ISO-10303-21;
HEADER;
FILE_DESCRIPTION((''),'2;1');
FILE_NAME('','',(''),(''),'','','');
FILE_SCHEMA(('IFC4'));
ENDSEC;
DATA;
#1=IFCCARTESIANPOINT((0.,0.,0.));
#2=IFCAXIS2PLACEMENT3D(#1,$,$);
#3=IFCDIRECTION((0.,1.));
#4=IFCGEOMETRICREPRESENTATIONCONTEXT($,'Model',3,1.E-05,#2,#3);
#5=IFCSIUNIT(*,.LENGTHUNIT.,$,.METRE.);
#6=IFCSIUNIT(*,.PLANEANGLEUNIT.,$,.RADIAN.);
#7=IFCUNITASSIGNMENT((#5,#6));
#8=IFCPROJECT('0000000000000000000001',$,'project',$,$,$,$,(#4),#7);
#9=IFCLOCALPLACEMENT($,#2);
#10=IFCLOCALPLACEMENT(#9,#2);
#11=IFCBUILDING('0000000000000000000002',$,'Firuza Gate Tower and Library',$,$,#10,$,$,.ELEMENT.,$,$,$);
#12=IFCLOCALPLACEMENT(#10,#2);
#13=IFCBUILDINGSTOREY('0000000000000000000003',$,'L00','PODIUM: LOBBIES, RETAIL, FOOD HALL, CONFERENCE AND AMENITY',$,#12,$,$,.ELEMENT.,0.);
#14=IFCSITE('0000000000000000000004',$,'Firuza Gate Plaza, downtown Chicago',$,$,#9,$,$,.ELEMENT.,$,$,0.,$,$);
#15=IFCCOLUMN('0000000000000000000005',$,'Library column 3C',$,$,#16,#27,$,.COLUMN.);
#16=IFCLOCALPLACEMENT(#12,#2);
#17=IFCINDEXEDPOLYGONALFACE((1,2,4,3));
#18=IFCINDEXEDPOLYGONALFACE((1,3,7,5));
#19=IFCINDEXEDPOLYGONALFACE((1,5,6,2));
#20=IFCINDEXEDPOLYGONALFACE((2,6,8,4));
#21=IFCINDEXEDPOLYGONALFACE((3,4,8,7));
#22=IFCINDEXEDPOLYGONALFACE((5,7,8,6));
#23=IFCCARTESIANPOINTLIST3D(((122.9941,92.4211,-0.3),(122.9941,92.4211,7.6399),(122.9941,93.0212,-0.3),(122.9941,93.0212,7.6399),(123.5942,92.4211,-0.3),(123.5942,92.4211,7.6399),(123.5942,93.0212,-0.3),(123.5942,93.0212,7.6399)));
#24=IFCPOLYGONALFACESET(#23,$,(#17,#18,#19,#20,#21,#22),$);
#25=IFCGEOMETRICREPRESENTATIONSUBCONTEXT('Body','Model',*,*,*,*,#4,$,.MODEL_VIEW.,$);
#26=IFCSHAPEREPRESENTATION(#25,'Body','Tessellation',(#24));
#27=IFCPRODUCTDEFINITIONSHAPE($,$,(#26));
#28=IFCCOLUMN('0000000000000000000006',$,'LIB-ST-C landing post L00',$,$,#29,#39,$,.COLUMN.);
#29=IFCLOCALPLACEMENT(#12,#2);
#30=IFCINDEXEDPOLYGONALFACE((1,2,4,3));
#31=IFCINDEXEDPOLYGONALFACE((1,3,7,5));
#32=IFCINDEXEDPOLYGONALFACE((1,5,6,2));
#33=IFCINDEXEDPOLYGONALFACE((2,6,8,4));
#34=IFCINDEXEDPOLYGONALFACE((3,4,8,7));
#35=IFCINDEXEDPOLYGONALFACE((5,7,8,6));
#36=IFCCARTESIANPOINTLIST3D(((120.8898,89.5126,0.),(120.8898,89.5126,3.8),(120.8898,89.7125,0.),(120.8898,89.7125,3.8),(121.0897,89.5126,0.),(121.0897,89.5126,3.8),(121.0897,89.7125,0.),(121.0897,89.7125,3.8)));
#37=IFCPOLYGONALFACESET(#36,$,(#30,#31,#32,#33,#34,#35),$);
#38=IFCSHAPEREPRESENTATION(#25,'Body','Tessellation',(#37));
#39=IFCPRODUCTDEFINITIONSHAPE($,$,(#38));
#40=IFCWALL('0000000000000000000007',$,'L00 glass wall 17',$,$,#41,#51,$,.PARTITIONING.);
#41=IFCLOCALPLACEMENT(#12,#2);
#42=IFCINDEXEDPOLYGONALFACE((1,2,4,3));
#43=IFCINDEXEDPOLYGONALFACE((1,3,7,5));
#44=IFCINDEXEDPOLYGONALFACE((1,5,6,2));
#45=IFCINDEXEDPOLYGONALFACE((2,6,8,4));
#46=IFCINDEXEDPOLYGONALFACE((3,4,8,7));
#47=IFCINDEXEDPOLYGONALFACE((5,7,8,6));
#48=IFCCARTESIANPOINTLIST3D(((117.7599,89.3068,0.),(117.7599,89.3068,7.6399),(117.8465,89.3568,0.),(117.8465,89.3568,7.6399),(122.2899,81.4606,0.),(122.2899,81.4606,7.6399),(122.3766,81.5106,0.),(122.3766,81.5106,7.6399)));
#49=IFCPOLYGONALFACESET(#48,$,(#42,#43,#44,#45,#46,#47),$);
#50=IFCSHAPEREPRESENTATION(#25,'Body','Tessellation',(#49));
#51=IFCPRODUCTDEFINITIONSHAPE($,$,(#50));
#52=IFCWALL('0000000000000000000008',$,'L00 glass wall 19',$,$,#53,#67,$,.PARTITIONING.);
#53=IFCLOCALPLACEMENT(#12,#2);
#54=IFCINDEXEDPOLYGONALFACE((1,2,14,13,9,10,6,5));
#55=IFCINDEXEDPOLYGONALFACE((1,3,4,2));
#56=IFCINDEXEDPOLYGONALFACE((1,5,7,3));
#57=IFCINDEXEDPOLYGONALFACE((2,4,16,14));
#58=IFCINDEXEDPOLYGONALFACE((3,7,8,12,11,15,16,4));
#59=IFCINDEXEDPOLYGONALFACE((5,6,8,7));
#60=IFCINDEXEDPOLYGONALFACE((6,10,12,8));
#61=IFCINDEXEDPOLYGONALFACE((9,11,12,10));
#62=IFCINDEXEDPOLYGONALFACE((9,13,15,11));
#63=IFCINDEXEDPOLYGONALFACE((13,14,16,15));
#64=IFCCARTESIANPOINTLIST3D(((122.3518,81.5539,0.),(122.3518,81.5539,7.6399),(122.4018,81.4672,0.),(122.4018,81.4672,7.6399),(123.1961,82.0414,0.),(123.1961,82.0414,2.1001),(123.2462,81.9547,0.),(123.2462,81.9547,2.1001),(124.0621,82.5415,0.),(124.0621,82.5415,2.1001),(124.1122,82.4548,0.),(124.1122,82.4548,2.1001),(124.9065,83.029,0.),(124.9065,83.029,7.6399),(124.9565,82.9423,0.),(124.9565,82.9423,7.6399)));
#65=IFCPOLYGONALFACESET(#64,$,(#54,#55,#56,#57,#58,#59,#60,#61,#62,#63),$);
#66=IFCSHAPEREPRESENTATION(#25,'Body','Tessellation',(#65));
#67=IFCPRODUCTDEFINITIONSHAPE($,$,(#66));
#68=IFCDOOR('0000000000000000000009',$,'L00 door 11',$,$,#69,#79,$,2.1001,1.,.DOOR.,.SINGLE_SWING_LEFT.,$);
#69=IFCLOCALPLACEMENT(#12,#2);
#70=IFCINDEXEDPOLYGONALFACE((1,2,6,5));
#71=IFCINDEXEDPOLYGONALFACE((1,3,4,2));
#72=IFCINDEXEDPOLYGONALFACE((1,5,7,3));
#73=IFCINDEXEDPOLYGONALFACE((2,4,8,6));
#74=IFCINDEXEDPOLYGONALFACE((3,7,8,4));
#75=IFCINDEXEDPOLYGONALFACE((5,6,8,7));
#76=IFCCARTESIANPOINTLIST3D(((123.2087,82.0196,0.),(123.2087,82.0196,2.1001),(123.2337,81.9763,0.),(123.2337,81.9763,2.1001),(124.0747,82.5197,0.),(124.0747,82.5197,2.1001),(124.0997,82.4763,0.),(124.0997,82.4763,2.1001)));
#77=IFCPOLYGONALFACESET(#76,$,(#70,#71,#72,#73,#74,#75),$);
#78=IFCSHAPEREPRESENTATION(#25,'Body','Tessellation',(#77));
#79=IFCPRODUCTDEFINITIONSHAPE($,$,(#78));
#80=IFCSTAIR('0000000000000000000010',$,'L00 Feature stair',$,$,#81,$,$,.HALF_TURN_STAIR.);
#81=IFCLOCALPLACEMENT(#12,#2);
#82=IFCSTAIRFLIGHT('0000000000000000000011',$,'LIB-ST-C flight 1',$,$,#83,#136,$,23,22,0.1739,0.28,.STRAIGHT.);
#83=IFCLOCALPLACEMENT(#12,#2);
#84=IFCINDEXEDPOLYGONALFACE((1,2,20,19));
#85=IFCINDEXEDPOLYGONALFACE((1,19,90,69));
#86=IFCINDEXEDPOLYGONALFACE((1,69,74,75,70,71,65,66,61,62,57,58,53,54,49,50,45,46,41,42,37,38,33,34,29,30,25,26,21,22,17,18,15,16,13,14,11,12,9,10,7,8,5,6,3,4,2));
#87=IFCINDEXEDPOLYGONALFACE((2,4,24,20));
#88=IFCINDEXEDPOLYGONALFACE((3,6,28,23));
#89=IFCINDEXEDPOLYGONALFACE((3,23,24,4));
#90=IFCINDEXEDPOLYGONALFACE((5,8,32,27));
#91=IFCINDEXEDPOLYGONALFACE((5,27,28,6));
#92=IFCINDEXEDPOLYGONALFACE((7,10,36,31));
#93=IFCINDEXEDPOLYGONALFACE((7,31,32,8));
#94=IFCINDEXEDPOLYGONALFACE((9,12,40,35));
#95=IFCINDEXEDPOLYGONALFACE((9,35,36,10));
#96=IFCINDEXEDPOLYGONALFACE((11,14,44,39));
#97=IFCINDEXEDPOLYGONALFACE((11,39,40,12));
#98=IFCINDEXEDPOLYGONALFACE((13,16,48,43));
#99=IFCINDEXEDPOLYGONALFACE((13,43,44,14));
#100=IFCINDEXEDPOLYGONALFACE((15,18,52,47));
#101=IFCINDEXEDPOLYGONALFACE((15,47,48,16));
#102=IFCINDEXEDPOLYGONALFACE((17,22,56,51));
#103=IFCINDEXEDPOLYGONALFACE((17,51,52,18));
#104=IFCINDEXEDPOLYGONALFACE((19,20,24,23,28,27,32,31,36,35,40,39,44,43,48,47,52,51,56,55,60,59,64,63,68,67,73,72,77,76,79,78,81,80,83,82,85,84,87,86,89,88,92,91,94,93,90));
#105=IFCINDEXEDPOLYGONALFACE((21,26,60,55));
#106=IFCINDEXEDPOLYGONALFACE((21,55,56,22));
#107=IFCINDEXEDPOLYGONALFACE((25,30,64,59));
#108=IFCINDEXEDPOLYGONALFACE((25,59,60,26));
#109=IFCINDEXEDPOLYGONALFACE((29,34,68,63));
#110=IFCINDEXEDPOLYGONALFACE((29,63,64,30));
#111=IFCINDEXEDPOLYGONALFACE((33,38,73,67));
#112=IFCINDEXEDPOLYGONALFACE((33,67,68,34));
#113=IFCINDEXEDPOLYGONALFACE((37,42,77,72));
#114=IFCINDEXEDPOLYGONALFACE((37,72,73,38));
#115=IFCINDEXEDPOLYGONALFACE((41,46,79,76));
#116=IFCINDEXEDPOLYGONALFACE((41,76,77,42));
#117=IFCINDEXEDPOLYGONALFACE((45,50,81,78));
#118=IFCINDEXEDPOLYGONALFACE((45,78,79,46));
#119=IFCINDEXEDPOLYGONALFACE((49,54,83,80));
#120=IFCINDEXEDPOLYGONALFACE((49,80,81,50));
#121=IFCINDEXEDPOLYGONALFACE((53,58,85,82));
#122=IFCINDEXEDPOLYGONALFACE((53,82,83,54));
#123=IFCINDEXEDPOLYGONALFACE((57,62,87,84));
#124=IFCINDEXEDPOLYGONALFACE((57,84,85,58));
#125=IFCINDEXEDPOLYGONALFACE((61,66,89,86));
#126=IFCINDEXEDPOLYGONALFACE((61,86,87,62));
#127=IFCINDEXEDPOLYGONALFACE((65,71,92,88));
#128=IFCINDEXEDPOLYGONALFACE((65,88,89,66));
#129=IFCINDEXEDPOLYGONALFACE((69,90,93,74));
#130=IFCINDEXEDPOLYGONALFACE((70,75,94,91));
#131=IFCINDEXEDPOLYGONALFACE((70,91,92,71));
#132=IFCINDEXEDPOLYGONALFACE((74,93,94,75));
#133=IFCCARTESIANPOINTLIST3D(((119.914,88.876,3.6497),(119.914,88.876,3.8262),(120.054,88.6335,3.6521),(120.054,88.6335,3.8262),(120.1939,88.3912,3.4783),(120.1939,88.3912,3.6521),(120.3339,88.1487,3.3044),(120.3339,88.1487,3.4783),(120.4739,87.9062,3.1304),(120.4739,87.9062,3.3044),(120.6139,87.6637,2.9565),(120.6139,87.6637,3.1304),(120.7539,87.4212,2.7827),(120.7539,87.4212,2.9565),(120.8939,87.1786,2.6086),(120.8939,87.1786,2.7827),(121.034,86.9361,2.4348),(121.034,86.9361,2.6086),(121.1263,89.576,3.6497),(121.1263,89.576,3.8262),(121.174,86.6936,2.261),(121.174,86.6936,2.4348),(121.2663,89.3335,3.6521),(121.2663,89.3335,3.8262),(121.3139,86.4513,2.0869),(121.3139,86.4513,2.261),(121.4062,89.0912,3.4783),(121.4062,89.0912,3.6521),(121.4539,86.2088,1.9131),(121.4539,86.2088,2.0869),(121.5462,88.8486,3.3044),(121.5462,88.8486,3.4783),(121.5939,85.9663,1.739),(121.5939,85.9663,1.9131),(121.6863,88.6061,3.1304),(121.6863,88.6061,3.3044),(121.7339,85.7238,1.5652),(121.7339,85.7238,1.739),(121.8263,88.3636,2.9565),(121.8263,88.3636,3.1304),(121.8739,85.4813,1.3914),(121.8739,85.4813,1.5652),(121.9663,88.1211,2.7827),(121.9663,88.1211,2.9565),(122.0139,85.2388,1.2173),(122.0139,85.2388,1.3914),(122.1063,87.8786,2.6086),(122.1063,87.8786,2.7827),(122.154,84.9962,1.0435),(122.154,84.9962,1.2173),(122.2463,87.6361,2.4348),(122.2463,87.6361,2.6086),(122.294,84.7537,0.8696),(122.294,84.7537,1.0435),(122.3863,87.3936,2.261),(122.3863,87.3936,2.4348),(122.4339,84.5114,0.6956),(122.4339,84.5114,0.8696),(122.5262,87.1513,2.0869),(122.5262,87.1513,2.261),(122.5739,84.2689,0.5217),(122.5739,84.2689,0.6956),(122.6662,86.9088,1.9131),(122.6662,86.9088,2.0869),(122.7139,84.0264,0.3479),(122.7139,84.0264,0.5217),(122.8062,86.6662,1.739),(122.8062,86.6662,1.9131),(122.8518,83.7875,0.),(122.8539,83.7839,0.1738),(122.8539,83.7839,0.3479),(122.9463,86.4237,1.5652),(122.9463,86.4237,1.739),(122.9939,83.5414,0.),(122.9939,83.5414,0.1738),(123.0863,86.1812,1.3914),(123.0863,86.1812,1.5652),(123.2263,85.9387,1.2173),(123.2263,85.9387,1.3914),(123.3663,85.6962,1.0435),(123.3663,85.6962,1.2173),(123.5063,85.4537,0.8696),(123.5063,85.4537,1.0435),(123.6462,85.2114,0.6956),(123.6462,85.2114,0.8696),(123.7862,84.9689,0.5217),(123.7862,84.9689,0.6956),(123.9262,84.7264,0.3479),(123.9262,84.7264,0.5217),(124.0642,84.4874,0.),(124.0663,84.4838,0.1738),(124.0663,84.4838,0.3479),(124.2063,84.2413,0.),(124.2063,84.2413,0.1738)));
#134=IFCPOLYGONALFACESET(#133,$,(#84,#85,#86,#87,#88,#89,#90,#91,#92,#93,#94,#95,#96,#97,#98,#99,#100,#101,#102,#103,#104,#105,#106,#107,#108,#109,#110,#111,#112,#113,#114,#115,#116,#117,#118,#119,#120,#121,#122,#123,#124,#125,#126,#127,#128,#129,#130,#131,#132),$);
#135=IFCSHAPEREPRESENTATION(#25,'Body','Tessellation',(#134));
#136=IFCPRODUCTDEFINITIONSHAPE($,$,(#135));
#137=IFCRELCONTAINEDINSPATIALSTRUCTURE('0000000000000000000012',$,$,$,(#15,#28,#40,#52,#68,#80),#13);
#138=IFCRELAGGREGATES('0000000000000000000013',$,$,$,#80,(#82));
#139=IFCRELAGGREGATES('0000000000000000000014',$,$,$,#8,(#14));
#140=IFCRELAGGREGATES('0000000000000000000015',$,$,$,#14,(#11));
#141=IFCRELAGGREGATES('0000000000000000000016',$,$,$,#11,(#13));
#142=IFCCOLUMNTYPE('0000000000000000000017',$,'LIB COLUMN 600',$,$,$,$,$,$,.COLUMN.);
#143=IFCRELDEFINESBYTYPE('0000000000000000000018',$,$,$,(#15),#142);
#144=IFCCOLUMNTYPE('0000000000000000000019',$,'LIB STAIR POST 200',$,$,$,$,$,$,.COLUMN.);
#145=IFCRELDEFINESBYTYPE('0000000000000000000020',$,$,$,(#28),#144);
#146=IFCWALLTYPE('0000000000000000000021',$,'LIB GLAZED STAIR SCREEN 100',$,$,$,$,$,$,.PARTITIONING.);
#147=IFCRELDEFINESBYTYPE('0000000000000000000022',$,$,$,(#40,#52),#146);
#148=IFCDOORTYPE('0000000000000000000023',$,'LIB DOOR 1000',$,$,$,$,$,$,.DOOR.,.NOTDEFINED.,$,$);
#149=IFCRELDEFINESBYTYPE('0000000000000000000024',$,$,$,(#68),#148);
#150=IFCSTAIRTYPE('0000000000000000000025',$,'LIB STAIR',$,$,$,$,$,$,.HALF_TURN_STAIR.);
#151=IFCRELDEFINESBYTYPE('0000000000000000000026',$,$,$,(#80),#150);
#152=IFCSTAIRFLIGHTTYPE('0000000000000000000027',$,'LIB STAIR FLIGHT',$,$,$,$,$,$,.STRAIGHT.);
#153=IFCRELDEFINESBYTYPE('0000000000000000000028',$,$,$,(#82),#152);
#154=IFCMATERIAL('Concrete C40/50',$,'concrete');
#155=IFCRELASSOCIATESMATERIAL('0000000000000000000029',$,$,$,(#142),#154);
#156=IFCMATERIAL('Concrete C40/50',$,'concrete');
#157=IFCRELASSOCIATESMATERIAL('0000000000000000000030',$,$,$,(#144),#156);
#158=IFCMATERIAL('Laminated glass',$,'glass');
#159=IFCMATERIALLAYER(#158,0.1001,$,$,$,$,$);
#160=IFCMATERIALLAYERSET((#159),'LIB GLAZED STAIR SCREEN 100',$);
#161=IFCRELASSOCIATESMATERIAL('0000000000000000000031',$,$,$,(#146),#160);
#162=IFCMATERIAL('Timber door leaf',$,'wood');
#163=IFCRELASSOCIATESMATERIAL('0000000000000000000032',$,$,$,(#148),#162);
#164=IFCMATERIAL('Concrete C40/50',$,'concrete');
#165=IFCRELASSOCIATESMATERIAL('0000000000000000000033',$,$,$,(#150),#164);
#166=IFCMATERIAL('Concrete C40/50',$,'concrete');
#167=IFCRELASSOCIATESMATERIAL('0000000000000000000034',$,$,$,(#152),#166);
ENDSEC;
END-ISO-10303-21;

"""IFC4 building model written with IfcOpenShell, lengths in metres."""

from ifc_helpers import new_model, si_unit, direction, frame, frame_2d, origin, origin_2d, place, context, subcontext, project, spatial, polyline, rectangle, outline, extrude, material, layer, layer_set, material_profile, profile_set, type_object, element, fill, aggregate, save


model = new_model("IFC4")

# Units and contexts
model_context = context("Model", 3, precision=1e-05, world=origin(), true_north=direction((0.0, 1.0)))
body_context = subcontext(model_context, "Body", "Model", "MODEL_VIEW")
ifc_project = project(units=[si_unit("LENGTHUNIT", "METRE"), si_unit("PLANEANGLEUNIT", "RADIAN")], contexts=[model_context])

# Site, building, storey
site_placement = place(None, origin())
site = spatial("IfcSite", under=ifc_project, at=site_placement, Name="Firuza Gate Plaza, downtown Chicago", CompositionType="ELEMENT", RefElevation=0.0)
building_placement = place(site_placement, origin())
building = spatial("IfcBuilding", under=site, at=building_placement, Name="Firuza Gate Tower and Library", CompositionType="ELEMENT")
storey_placement = place(building_placement, origin())
storey = spatial("IfcBuildingStorey", under=building, at=storey_placement, Name="L00", Description="PODIUM: LOBBIES, RETAIL, FOOD HALL, CONFERENCE AND AMENITY", CompositionType="ELEMENT", Elevation=0.0)

# Columns
ifc_material_1 = material(Name="Concrete C40/50", Category="concrete")
ifc_material_profile_1 = material_profile(ifc_material_1, rectangle(XDim=0.6001, YDim=0.6001, at=origin_2d()))
ifc_profile_set_1 = profile_set([ifc_material_profile_1], Name="Concrete C40/50")
column_type_1 = type_object("IfcColumnType", Name="LIB COLUMN 600", PredefinedType="COLUMN", material=ifc_profile_set_1)
column_1_placement = place(storey_placement, frame((123.2942, 92.7212, -0.3), z_axis=(0.0, 0.0, 1.0), x_axis=(1.0, 0.0, 0.0)))
element("IfcColumn", 1, at=column_1_placement, inside=storey, type_object=column_type_1, Name="Library column 3C", PredefinedType="COLUMN", context=body_context, shape_type="SweptSolid", body=[
    extrude(rectangle(XDim=0.6001, YDim=0.6001, at=origin_2d()), origin(), (0.0, 0.0, 1.0), 7.9399),
])
ifc_material_2 = material(Name="Concrete C40/50", Category="concrete")
ifc_material_profile_2 = material_profile(ifc_material_2, rectangle(XDim=0.2, YDim=0.2, at=origin_2d()))
ifc_profile_set_2 = profile_set([ifc_material_profile_2], Name="Concrete C40/50")
column_type_2 = type_object("IfcColumnType", Name="LIB STAIR POST 200", PredefinedType="COLUMN", material=ifc_profile_set_2)
column_2_placement = place(storey_placement, frame((120.9897, 89.6125, 0.0), z_axis=(0.0, 0.0, 1.0), x_axis=(1.0, 0.0, 0.0)))
element("IfcColumn", 2, at=column_2_placement, inside=storey, type_object=column_type_2, Name="LIB-ST-C landing post L00", PredefinedType="COLUMN", context=body_context, shape_type="SweptSolid", body=[
    extrude(rectangle(XDim=0.2, YDim=0.2, at=origin_2d()), origin(), (0.0, 0.0, 1.0), 3.8),
])

# Wall
ifc_material_3 = material(Name="Laminated glass", Category="glass")
ifc_layer_1 = layer(ifc_material_3, 0.1001)
ifc_layer_set_1 = layer_set([ifc_layer_1], Name="LIB GLAZED STAIR SCREEN 100")
wall_type = type_object("IfcWallType", Name="LIB GLAZED STAIR SCREEN 100", PredefinedType="PARTITIONING", material=ifc_layer_set_1)
wall_1_placement = place(storey_placement, frame((122.3333, 81.4856, 0.0), z_axis=(0.0, 0.0, 1.0), x_axis=(-0.500002, 0.866024, 0.0)))
element("IfcWall", 3, at=wall_1_placement, inside=storey, type_object=wall_type, Name="L00 glass wall 17", PredefinedType="PARTITIONING", context=body_context, shape_type="SweptSolid", body=[
    extrude(rectangle(XDim=9.0601, YDim=0.1001, at=frame_2d((4.53, 0.0))), origin(), (0.0, 0.0, 1.0), 7.6399),
])

# Wall, opening, door
wall_2_placement = place(storey_placement, frame((122.3767, 81.5105, 0.0), z_axis=(0.0, 0.0, 1.0), x_axis=(0.866004, 0.500038, 0.0)))
wall_2 = element("IfcWall", 4, at=wall_2_placement, inside=storey, type_object=wall_type, Name="L00 glass wall 19", PredefinedType="PARTITIONING", context=body_context, shape_type="SweptSolid", body=[
    extrude(rectangle(XDim=2.95, YDim=0.1001, at=frame_2d((1.4751, 0.0))), origin(), (0.0, 0.0, 1.0), 7.6399),
])
opening_placement = place(wall_2_placement, frame((0.9751, 0.0, 0.0)))
opening = element("IfcOpeningElement", 5, at=opening_placement, cuts=wall_2, PredefinedType="OPENING", context=body_context, shape_type="SweptSolid", body=[
    extrude(rectangle(XDim=1.0, YDim=2.1001, at=frame_2d((0.5, 1.05))), frame((0.0, 0.0601, 0.0), z_axis=(0.0, -1.0, 0.0), x_axis=(1.0, 0.0, 0.0)), (0.0, 0.0, 1.0), 0.1201),
])
ifc_material_4 = material(Name="Timber door leaf", Category="wood")
door_type = type_object("IfcDoorType", Name="LIB DOOR 1000", OperationType="NOTDEFINED", PredefinedType="DOOR", material=ifc_material_4)
door_placement = place(opening_placement, origin())
door = element("IfcDoor", 6, at=door_placement, inside=storey, type_object=door_type, Name="L00 door 11", OperationType="SINGLE_SWING_LEFT", OverallHeight=2.1001, OverallWidth=1.0, PredefinedType="DOOR", context=body_context, shape_type="SweptSolid", body=[
    extrude(rectangle(XDim=1.0, YDim=2.1001, at=frame_2d((0.5, 1.05))), frame((0.0, 0.0249, 0.0), z_axis=(0.0, -1.0, 0.0), x_axis=(1.0, 0.0, 0.0)), (0.0, 0.0, 1.0), 0.05),
])
fill(opening, door)

# Stair, stair flight
ifc_material_5 = material(Name="Concrete C40/50", Category="concrete")
stair_type = type_object("IfcStairType", Name="LIB STAIR", PredefinedType="HALF_TURN_STAIR", material=ifc_material_5)
stair_placement = place(storey_placement, origin())
stair = element("IfcStair", 7, at=stair_placement, inside=storey, type_object=stair_type, Name="L00 Feature stair", PredefinedType="HALF_TURN_STAIR")
ifc_material_6 = material(Name="Concrete C40/50", Category="concrete")
stair_flight_type = type_object("IfcStairFlightType", Name="LIB STAIR FLIGHT", PredefinedType="STRAIGHT", material=ifc_material_6)
stair_flight_placement = place(storey_placement, frame((123.6001, 83.8914, 0.0), z_axis=(0.0, 0.0, 1.0), x_axis=(-0.5, 0.866025, 0.0)))
stair_flight = element("IfcStairFlight", 8, at=stair_flight_placement, type_object=stair_flight_type, Name="LIB-ST-C flight 1", NumberOfRisers=23, NumberOfTreads=22, PredefinedType="STRAIGHT", RiserHeight=0.1739, TreadLength=0.28, context=body_context, shape_type="SweptSolid", body=[
    extrude(outline(polyline([(0.0, 0.0), (0.0, 0.1738), (0.28, 0.1738), (0.28, 0.3479), (0.5601, 0.3479), (0.5601, 0.5217), (0.8401, 0.5217), (0.8401, 0.6956), (1.1201, 0.6956), (1.1201, 0.8696), (1.3999, 0.8696), (1.3999, 1.0435), (1.6799, 1.0435), (1.6799, 1.2173), (1.96, 1.2173), (1.96, 1.3914), (2.24, 1.3914), (2.24, 1.5652), (2.52, 1.5652), (2.52, 1.739), (2.8, 1.739), (2.8, 1.9131), (3.0801, 1.9131), (3.0801, 2.0869), (3.3601, 2.0869), (3.3601, 2.261), (3.6399, 2.261), (3.6399, 2.4348), (3.9199, 2.4348), (3.9199, 2.6086), (4.2, 2.6086), (4.2, 2.7827), (4.48, 2.7827), (4.48, 2.9565), (4.76, 2.9565), (4.76, 3.1304), (5.04, 3.1304), (5.04, 3.3044), (5.3201, 3.3044), (5.3201, 3.4783), (5.6001, 3.4783), (5.6001, 3.6521), (5.8799, 3.6521), (5.8799, 3.8262), (6.1599, 3.8262), (6.1599, 4.0), (6.1599, 3.6497), (0.2842, 0.0), (0.0, 0.0)])), frame((0.0, 0.7, 0.0), z_axis=(0.0, -1.0, 0.0), x_axis=(1.0, 0.0, 0.0)), (0.0, 0.0, 1.0), 1.3999),
])
aggregate(stair, [stair_flight])

save(model, "model.ifc")
